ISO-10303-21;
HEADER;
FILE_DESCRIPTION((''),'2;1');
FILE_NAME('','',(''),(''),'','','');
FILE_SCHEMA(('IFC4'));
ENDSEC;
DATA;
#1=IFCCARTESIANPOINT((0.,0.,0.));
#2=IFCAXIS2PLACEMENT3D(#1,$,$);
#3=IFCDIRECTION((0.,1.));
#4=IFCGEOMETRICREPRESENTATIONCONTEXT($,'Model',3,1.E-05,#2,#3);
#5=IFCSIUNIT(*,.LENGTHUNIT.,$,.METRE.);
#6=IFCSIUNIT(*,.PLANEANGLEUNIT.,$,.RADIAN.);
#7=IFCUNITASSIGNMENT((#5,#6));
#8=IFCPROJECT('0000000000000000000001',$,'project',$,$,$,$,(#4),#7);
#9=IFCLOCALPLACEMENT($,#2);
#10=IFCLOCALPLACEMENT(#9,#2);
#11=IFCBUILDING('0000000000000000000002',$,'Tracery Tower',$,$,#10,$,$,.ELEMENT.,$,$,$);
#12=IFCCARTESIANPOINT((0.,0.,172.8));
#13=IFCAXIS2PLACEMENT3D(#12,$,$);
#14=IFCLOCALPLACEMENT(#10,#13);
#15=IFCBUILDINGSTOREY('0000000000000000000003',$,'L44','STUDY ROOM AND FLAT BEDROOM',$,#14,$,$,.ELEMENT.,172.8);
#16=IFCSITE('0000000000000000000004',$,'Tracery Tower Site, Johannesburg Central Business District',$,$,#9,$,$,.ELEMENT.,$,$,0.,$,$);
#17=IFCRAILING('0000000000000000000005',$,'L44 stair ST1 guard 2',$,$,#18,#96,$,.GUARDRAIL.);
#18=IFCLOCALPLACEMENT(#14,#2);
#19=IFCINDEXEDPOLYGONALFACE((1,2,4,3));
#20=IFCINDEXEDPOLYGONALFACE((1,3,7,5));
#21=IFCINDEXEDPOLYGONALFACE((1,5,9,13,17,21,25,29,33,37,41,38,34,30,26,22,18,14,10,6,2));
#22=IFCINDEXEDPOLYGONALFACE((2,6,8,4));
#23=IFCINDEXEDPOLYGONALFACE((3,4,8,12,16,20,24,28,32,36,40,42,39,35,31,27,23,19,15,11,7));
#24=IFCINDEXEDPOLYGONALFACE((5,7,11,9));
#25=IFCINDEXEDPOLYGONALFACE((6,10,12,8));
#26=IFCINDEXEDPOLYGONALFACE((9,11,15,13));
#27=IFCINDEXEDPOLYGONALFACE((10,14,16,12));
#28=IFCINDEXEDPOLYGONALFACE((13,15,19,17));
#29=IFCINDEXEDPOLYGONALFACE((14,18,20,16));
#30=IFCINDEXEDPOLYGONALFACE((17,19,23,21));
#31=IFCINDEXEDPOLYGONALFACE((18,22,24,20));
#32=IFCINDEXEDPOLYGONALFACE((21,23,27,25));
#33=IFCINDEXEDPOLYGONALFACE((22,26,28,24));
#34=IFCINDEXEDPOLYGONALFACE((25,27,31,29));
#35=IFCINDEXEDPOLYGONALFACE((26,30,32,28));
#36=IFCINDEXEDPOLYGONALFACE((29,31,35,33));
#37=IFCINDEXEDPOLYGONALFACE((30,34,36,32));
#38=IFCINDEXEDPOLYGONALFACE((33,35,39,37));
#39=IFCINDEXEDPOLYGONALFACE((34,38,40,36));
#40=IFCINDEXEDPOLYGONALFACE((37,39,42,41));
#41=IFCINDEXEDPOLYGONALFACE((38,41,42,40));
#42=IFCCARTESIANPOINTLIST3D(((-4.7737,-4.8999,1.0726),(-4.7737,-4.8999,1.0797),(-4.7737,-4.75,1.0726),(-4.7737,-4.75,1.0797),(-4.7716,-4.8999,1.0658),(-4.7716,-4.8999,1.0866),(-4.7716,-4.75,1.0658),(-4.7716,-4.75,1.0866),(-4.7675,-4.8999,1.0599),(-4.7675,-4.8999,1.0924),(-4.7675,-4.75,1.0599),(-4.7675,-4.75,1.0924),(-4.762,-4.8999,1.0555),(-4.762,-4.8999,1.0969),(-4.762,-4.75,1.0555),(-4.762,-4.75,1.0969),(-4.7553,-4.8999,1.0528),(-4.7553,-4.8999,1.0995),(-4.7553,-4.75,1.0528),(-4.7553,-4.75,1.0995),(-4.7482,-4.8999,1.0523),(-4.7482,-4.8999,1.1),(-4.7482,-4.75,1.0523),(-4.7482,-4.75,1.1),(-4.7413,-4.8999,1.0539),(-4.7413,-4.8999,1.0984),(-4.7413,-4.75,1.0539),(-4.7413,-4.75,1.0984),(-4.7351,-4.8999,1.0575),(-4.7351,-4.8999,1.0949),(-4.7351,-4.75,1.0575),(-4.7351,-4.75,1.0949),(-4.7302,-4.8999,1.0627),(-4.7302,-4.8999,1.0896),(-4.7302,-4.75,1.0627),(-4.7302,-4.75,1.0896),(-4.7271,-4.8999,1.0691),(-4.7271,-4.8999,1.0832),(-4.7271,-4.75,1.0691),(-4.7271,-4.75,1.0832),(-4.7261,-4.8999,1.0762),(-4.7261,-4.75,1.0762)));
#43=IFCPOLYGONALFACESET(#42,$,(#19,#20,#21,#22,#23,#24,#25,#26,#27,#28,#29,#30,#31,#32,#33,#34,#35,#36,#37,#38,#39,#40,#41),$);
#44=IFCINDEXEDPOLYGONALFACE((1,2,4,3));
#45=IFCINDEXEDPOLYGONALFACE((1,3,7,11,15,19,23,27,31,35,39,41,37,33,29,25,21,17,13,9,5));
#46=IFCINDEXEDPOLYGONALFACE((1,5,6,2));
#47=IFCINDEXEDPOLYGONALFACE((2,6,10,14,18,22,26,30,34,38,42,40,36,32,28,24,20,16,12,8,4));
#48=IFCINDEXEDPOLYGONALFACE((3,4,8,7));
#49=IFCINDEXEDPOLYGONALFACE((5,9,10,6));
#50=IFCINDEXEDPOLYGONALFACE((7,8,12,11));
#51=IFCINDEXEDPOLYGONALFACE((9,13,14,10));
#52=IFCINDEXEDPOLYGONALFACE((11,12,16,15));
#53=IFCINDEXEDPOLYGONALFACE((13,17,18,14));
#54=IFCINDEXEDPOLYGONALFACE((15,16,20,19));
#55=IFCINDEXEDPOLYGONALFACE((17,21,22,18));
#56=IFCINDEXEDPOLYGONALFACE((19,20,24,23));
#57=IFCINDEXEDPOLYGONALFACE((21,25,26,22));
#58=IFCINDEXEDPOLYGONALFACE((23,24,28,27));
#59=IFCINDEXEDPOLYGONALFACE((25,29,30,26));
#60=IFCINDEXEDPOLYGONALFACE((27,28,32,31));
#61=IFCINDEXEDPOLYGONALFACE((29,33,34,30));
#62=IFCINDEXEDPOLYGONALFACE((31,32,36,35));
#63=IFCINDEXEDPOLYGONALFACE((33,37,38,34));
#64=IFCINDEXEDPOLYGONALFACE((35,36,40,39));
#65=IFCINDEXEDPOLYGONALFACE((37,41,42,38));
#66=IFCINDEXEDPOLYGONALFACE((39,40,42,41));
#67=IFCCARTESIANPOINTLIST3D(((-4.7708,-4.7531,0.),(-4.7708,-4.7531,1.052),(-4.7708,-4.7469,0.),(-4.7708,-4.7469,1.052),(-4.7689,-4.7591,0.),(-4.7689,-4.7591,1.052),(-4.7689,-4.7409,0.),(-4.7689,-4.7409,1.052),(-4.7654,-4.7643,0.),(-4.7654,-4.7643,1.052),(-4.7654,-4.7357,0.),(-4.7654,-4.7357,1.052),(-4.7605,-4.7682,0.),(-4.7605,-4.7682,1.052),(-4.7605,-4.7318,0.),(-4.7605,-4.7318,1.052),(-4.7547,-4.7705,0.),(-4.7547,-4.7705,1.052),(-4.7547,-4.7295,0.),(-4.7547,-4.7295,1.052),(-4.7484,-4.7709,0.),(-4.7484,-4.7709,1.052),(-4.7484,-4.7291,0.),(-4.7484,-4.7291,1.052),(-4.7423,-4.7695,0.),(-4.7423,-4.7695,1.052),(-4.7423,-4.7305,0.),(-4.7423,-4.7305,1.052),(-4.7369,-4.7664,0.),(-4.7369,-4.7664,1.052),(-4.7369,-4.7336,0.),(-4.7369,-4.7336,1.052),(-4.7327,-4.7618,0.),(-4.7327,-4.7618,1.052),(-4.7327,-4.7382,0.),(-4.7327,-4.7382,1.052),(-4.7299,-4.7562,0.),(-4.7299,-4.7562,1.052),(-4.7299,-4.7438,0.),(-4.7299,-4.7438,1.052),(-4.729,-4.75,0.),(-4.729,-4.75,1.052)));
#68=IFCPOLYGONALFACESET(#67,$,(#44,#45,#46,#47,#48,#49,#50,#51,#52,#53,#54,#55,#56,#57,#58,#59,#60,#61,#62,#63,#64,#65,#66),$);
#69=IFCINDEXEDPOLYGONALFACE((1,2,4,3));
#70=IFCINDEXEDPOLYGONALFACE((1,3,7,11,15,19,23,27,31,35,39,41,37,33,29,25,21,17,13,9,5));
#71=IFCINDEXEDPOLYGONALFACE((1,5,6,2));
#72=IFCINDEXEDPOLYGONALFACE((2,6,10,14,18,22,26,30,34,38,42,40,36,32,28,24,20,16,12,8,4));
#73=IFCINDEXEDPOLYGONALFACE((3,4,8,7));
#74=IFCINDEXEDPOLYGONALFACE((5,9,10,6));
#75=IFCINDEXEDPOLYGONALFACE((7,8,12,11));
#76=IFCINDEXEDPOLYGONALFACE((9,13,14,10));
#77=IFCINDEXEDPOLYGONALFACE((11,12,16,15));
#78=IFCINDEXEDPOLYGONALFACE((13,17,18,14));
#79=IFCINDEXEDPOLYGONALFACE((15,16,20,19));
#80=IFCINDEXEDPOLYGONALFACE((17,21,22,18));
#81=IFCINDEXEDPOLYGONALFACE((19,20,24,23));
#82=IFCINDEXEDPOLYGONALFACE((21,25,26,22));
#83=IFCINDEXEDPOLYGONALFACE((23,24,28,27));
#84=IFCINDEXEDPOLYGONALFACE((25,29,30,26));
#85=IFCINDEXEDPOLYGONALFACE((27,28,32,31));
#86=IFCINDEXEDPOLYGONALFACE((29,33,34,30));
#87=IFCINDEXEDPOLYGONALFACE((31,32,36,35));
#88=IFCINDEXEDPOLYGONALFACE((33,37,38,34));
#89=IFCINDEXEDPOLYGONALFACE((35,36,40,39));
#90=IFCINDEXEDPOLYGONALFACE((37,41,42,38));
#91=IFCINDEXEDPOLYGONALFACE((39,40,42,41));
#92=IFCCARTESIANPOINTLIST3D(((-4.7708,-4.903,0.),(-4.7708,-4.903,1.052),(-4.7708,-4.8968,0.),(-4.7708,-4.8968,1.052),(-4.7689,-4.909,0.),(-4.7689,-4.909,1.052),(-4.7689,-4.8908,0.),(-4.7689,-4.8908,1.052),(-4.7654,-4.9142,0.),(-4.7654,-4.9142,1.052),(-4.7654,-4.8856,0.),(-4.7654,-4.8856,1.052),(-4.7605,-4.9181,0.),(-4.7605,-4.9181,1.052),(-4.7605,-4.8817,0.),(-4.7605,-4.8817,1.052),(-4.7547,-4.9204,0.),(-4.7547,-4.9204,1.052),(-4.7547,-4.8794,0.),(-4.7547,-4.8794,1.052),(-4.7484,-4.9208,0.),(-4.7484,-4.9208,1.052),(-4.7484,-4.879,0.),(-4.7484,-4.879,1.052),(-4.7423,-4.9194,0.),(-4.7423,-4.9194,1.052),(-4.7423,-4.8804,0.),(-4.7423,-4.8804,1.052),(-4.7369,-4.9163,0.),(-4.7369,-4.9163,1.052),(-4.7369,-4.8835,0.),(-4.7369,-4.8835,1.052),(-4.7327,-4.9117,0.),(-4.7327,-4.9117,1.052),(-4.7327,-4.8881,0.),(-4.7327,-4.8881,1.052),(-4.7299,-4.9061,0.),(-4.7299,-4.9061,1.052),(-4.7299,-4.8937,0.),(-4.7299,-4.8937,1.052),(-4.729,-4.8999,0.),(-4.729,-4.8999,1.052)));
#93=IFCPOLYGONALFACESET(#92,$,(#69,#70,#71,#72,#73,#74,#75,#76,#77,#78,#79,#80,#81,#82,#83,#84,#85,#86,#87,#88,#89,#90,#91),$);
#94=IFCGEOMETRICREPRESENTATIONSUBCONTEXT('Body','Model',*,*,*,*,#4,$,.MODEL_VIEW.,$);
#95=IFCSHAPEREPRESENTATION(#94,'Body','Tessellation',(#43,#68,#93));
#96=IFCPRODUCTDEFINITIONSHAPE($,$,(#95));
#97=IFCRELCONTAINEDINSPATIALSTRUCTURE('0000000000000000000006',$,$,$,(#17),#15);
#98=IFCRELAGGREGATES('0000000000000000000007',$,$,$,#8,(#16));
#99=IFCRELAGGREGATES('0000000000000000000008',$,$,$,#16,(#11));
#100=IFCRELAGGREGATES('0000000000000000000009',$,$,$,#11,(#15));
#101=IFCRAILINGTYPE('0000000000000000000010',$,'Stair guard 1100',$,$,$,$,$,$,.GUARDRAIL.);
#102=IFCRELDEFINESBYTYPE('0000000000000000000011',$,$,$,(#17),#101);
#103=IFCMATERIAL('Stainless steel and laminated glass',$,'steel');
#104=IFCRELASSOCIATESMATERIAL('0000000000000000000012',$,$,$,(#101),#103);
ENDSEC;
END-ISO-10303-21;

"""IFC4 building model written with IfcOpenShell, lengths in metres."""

from ifc_helpers import new_model, si_unit, direction, frame, origin, origin_2d, place, context, subcontext, project, spatial, circle, extrude, material, type_object, element, save


model = new_model("IFC4")

# Units and contexts
model_context = context("Model", 3, precision=1e-05, world=origin(), true_north=direction((0.0, 1.0)))
body_context = subcontext(model_context, "Body", "Model", "MODEL_VIEW")
ifc_project = project(units=[si_unit("LENGTHUNIT", "METRE"), si_unit("PLANEANGLEUNIT", "RADIAN")], contexts=[model_context])

# Site, building, storey
site_placement = place(None, origin())
site = spatial("IfcSite", under=ifc_project, at=site_placement, Name="Tracery Tower Site, Johannesburg Central Business District", CompositionType="ELEMENT", RefElevation=0.0)
building_placement = place(site_placement, origin())
building = spatial("IfcBuilding", under=site, at=building_placement, Name="Tracery Tower", CompositionType="ELEMENT")
storey_placement = place(building_placement, frame((0.0, 0.0, 172.8)))
storey = spatial("IfcBuildingStorey", under=building, at=storey_placement, Name="L44", Description="STUDY ROOM AND FLAT BEDROOM", CompositionType="ELEMENT", Elevation=172.8)

# Railing
ifc_material_1 = material(Name="Stainless steel and laminated glass", Category="steel")
railing_type_1 = type_object("IfcRailingType", Name="Stair guard 1100", PredefinedType="GUARDRAIL", material=ifc_material_1)
railing_1_placement = place(storey_placement, frame((-4.75, -4.75, 0.0)))
element("IfcRailing", 1, at=railing_1_placement, inside=storey, type_object=railing_type_1, Name="L44 stair ST1 guard 2", PredefinedType="GUARDRAIL", context=body_context, shape_type="SweptSolid", body=[
    extrude(circle(Radius=0.0239, at=origin_2d()), frame((0.0, 0.0, 1.0762), z_axis=(0.0, -1.0, 0.0), x_axis=(1.0, 0.0, 0.0)), (0.0, 0.0, 1.0), 0.1499),
    extrude(circle(Radius=0.021, at=origin_2d()), origin(), (0.0, 0.0, 1.0), 1.052),
    extrude(circle(Radius=0.021, at=origin_2d()), frame((0.0, -0.1499, 0.0)), (0.0, 0.0, 1.0), 1.052),
])

save(model, "model.ifc")
